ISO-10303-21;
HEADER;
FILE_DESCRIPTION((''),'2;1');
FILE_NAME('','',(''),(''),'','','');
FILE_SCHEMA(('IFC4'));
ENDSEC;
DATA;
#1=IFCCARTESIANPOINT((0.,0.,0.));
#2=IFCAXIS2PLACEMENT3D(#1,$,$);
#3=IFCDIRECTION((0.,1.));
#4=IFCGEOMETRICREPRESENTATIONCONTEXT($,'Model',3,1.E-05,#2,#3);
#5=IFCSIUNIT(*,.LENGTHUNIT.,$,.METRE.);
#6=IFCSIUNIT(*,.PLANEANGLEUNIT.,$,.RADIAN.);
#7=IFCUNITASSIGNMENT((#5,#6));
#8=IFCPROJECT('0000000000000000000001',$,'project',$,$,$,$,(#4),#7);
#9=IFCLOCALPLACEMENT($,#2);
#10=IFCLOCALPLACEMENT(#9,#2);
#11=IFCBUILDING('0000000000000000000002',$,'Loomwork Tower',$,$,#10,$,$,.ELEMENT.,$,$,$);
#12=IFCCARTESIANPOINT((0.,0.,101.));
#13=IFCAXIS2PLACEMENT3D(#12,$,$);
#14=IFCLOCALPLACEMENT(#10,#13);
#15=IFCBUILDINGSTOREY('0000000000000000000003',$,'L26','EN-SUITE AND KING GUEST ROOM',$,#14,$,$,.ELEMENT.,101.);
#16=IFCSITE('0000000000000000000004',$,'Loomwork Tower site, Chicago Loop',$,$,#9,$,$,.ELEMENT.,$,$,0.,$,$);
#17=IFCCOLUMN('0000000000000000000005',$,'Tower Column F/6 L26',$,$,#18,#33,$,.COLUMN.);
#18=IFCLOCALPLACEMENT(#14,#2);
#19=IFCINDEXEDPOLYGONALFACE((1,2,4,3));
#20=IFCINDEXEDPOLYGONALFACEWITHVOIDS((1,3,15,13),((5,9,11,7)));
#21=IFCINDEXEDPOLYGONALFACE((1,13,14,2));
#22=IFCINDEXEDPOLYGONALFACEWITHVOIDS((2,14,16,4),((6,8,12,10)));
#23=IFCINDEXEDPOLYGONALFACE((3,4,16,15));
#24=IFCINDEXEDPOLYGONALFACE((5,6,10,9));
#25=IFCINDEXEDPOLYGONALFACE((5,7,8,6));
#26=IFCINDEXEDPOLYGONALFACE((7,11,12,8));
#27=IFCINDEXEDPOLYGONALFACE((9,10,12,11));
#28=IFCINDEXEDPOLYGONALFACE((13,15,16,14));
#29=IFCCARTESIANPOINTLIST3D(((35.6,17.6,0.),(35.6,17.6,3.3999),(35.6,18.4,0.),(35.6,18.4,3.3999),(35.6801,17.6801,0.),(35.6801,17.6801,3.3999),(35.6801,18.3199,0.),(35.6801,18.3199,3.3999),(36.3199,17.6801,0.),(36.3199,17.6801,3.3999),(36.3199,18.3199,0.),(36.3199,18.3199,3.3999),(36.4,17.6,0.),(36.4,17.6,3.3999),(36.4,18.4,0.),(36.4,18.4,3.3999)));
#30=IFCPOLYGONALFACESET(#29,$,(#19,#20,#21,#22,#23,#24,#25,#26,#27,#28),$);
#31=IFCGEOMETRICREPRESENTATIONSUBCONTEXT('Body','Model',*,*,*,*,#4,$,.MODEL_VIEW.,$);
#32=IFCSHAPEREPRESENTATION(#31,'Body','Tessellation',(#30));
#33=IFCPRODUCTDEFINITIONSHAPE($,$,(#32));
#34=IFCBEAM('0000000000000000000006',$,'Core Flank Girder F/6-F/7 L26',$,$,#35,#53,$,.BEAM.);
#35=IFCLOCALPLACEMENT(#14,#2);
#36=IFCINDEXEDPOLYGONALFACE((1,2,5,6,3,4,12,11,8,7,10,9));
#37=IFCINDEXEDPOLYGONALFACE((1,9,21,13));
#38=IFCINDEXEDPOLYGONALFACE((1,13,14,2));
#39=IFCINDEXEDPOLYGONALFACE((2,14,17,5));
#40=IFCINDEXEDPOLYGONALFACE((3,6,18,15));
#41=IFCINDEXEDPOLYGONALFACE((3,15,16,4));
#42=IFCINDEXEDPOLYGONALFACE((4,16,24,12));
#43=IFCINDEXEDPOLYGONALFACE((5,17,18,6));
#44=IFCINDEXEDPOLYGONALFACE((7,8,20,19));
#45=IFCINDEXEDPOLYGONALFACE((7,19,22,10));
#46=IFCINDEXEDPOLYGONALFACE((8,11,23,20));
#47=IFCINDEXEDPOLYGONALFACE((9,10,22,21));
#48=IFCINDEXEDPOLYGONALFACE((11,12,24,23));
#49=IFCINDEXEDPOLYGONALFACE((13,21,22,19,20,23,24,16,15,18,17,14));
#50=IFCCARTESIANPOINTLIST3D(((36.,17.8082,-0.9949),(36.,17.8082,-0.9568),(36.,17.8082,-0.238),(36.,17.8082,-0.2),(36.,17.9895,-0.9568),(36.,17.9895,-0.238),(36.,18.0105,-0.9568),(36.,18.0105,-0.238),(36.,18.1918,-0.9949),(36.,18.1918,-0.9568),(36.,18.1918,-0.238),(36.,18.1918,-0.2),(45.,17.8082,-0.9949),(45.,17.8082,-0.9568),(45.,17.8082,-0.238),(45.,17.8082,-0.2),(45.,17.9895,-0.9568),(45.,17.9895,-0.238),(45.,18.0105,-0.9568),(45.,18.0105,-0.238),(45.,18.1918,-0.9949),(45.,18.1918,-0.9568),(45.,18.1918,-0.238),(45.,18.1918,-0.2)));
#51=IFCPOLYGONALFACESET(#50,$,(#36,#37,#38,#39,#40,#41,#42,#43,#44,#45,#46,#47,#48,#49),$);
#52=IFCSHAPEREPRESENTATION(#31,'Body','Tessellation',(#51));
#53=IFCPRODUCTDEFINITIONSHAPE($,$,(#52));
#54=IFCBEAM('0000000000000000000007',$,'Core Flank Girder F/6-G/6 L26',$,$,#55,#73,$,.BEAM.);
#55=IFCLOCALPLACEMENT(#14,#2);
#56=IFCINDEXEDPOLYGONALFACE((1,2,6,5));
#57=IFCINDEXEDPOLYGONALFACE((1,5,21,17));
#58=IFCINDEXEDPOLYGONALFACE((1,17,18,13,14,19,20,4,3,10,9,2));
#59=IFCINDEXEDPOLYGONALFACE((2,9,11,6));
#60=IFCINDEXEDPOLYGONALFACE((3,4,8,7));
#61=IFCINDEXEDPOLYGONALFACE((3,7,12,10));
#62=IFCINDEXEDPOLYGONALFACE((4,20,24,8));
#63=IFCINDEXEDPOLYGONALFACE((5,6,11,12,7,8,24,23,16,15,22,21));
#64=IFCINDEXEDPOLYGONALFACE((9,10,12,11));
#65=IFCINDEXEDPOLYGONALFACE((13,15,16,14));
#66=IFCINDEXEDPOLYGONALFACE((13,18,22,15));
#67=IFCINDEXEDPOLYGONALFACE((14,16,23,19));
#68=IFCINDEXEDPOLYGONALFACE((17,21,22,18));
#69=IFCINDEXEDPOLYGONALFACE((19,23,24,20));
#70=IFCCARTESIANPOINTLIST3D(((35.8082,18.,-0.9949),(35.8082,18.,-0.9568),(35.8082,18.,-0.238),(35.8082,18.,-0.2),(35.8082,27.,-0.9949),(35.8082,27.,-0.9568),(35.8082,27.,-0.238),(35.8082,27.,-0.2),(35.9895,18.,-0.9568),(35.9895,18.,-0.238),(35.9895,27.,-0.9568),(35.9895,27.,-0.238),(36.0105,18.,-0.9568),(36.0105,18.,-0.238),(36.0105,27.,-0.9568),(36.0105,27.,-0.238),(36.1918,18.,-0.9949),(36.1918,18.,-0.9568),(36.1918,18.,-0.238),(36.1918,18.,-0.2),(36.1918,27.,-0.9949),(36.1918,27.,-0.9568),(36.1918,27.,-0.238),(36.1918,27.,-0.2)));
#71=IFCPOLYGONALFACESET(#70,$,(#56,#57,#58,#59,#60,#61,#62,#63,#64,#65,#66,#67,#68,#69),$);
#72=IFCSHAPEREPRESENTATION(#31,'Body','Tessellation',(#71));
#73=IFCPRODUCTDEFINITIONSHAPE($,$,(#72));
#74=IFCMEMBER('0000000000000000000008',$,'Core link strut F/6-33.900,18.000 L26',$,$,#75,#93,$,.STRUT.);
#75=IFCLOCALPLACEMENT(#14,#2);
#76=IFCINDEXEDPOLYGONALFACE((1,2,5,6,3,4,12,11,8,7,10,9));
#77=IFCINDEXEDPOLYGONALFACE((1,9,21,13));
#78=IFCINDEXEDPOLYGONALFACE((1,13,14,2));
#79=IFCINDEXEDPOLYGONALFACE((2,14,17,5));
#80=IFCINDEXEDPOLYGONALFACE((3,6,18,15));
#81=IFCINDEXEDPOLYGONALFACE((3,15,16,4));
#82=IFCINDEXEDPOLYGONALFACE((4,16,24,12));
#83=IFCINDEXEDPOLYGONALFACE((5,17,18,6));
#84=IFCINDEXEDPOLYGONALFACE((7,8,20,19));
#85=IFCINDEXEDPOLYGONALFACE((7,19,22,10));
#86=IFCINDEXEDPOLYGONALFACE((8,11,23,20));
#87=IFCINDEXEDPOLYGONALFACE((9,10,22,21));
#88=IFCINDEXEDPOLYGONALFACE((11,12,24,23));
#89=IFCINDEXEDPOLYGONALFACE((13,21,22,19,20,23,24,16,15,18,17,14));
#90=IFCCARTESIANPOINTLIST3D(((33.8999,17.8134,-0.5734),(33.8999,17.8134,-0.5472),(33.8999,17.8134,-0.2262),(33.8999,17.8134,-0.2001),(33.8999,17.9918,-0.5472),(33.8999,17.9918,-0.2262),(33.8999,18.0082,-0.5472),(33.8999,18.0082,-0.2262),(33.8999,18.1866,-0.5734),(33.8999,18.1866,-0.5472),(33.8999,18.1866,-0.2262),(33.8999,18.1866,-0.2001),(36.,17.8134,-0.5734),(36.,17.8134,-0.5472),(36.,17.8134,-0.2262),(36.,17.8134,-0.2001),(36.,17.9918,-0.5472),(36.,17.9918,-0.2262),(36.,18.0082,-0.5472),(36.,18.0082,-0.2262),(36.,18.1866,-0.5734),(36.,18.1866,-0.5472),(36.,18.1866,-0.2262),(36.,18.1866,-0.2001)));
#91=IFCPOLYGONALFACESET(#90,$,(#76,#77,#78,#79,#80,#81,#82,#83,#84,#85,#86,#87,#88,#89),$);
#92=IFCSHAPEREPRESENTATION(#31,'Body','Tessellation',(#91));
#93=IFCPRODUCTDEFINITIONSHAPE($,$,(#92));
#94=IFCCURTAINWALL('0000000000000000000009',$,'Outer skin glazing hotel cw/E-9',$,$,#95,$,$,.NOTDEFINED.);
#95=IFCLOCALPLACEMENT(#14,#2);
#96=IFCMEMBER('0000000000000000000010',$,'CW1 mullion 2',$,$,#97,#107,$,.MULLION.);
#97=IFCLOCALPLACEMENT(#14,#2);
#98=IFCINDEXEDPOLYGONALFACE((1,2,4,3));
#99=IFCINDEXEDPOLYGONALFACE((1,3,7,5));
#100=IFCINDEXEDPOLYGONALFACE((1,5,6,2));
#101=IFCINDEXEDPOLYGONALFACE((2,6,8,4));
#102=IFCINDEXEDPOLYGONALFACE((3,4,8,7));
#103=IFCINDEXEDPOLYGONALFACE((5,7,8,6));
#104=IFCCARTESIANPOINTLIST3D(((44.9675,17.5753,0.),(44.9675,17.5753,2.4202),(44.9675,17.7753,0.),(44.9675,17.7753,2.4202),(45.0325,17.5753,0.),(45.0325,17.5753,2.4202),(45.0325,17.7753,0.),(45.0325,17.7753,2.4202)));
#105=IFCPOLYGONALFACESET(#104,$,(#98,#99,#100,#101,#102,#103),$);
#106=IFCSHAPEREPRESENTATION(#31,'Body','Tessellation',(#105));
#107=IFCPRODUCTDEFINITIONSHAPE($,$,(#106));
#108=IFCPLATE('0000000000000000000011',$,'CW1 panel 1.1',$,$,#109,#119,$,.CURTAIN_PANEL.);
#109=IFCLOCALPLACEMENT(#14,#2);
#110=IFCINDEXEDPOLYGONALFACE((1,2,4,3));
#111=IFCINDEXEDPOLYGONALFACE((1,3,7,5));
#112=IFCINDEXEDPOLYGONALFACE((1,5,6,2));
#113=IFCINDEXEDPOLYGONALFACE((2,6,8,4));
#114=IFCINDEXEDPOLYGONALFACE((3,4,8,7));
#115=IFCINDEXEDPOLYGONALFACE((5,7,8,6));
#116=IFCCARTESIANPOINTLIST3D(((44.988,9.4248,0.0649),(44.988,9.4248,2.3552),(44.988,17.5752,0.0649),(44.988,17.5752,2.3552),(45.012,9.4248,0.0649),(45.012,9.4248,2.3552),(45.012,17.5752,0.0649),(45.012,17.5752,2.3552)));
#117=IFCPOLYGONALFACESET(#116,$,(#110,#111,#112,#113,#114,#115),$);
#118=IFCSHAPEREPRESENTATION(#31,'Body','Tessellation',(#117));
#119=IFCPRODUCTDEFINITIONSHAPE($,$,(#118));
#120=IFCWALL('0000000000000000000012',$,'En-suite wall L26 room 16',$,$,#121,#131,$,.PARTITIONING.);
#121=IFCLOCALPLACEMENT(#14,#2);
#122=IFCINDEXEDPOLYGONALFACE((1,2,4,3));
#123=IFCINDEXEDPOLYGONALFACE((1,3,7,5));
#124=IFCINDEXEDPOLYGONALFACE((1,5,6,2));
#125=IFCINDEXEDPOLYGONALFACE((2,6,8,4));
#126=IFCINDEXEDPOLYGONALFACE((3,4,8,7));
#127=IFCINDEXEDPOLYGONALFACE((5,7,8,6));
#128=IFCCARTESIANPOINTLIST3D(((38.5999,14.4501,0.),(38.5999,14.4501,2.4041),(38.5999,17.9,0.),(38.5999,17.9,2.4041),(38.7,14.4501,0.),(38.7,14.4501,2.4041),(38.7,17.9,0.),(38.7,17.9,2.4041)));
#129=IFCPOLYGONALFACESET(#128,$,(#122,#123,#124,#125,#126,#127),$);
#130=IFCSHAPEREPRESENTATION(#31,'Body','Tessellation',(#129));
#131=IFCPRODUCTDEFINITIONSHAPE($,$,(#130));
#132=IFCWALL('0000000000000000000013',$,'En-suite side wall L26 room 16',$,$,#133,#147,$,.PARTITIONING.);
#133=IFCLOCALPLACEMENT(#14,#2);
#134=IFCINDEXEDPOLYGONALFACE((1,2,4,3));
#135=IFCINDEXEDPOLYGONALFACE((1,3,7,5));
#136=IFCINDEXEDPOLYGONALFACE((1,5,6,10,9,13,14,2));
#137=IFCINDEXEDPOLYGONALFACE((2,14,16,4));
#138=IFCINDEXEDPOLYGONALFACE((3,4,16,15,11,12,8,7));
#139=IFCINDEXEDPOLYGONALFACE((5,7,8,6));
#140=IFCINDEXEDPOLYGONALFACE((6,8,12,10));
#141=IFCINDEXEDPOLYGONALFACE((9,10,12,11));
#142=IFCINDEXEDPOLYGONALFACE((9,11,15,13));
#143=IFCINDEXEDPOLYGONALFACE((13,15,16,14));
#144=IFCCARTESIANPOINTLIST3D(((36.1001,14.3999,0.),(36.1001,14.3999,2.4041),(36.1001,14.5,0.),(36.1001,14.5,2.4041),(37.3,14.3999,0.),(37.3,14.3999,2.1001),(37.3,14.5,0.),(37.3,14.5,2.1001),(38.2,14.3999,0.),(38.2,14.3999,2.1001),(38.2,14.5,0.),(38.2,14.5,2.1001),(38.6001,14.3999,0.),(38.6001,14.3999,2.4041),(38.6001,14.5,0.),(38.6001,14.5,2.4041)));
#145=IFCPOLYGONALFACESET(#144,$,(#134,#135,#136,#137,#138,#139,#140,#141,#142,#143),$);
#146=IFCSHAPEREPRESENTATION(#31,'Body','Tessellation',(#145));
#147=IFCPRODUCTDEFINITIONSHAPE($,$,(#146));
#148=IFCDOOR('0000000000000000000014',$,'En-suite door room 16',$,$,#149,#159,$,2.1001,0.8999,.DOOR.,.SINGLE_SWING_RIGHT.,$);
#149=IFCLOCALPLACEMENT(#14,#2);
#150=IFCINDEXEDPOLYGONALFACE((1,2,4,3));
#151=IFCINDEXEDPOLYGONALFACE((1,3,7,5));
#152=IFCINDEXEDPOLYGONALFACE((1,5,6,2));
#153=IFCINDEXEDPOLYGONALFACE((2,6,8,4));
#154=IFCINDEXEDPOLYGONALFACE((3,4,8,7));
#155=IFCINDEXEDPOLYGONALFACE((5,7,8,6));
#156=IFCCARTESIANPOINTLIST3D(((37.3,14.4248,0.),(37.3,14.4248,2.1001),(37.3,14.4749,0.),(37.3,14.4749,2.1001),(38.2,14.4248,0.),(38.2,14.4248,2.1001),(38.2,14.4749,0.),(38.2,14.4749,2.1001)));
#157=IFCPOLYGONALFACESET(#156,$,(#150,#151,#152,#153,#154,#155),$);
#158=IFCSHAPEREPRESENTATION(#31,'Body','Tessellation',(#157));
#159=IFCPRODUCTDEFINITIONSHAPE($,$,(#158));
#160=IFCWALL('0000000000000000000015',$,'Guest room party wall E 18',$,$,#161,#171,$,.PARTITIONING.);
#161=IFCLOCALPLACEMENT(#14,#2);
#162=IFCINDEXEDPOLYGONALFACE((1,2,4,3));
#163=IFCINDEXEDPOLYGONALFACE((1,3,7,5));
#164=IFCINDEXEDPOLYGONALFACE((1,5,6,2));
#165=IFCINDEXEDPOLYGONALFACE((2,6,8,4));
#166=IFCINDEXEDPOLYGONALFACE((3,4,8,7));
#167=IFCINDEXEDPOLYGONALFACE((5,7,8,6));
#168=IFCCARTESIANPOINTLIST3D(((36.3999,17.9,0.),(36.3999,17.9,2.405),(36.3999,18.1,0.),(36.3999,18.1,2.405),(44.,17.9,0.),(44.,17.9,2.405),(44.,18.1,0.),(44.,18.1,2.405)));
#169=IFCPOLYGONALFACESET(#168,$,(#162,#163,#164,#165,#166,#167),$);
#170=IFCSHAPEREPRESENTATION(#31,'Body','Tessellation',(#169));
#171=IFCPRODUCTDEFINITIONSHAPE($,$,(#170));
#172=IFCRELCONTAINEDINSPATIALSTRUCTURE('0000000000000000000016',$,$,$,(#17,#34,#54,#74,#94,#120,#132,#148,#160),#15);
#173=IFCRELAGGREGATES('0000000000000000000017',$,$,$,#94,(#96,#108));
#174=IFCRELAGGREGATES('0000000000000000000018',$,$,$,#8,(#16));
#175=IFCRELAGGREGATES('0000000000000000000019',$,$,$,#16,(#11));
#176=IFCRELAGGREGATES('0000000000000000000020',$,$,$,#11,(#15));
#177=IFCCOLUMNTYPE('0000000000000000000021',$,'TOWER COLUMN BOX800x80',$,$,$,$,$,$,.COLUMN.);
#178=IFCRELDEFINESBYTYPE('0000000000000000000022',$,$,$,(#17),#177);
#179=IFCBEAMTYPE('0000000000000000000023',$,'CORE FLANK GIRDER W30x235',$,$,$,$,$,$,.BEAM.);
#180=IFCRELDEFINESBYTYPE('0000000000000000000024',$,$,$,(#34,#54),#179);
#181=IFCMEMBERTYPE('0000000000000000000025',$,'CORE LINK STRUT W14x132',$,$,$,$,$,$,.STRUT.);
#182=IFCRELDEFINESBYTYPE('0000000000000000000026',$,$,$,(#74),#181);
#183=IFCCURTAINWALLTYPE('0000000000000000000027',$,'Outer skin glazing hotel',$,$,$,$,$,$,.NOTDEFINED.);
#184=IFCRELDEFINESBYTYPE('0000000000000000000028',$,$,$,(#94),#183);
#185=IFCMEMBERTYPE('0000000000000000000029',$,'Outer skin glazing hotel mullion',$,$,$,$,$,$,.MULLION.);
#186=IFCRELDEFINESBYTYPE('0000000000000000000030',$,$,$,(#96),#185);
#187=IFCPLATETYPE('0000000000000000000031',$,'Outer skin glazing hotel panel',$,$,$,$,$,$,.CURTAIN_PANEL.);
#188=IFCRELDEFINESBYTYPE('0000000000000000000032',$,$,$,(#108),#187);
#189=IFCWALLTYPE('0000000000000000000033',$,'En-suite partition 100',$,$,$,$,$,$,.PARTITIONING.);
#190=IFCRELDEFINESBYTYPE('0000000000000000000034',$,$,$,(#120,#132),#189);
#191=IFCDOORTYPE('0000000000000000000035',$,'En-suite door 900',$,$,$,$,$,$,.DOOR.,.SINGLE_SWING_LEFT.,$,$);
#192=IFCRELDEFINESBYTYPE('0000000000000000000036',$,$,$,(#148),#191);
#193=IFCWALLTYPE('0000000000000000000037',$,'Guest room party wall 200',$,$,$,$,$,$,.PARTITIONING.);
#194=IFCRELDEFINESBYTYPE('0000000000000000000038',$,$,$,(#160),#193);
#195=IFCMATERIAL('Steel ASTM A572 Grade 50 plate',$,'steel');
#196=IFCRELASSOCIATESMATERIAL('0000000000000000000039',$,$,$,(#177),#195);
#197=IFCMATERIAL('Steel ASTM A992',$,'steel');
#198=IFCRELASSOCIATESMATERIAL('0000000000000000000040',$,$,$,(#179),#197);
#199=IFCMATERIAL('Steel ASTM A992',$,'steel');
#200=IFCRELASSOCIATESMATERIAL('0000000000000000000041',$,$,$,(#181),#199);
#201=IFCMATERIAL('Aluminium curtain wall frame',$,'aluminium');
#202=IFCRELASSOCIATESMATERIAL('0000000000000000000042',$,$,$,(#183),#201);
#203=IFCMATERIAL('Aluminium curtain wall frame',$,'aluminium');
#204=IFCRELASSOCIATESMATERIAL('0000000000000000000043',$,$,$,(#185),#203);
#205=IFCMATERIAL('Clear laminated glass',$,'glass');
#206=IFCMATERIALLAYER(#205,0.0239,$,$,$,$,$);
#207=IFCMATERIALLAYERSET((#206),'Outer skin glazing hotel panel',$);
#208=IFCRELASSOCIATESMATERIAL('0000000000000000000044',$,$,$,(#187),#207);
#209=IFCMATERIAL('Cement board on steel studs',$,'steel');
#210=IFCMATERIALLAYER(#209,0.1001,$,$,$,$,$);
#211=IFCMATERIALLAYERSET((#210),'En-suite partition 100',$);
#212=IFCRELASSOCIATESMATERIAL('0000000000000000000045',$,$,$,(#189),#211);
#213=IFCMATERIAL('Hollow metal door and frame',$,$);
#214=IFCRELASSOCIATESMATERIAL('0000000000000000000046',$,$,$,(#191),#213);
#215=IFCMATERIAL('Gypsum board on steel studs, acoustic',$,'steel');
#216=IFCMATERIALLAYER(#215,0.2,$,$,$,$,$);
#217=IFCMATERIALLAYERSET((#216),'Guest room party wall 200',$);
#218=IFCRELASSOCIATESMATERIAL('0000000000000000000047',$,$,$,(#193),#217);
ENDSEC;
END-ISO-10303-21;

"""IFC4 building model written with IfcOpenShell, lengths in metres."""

from ifc_helpers import new_model, si_unit, direction, frame, frame_2d, origin, origin_2d, place, context, subcontext, project, spatial, rectangle, hollow_rectangle, i_section, extrude, material, layer, layer_set, material_profile, profile_set, type_object, element, fill, aggregate, save


model = new_model("IFC4")

# Units and contexts
model_context = context("Model", 3, precision=1e-05, world=origin(), true_north=direction((0.0, 1.0)))
body_context = subcontext(model_context, "Body", "Model", "MODEL_VIEW")
ifc_project = project(units=[si_unit("LENGTHUNIT", "METRE"), si_unit("PLANEANGLEUNIT", "RADIAN")], contexts=[model_context])

# Site, building, storey
site_placement = place(None, origin())
site = spatial("IfcSite", under=ifc_project, at=site_placement, Name="Loomwork Tower site, Chicago Loop", CompositionType="ELEMENT", RefElevation=0.0)
building_placement = place(site_placement, origin())
building = spatial("IfcBuilding", under=site, at=building_placement, Name="Loomwork Tower", CompositionType="ELEMENT")
storey_placement = place(building_placement, frame((0.0, 0.0, 101.0)))
storey = spatial("IfcBuildingStorey", under=building, at=storey_placement, Name="L26", Description="EN-SUITE AND KING GUEST ROOM", CompositionType="ELEMENT", Elevation=101.0)

# Column
ifc_material_1 = material(Name="Steel ASTM A572 Grade 50 plate", Category="steel")
ifc_material_profile_1 = material_profile(ifc_material_1, hollow_rectangle(XDim=0.8, YDim=0.8, WallThickness=0.0801, at=origin_2d()), Name="BOX800x80")
ifc_profile_set_1 = profile_set([ifc_material_profile_1], Name="Steel ASTM A572 Grade 50 plate")
column_type = type_object("IfcColumnType", Name="TOWER COLUMN BOX800x80", PredefinedType="COLUMN", material=ifc_profile_set_1)
column_placement = place(storey_placement, frame((36.0, 18.0, 0.0), z_axis=(0.0, 0.0, 1.0), x_axis=(0.0, 1.0, 0.0)))
element("IfcColumn", 1, at=column_placement, inside=storey, type_object=column_type, Name="Tower Column F/6 L26", PredefinedType="COLUMN", context=body_context, shape_type="SweptSolid", body=[
    extrude(hollow_rectangle(XDim=0.8, YDim=0.8, WallThickness=0.0801, at=origin_2d()), origin(), (0.0, 0.0, 1.0), 3.3999),
])

# Beams
ifc_material_2 = material(Name="Steel ASTM A992", Category="steel")
ifc_material_profile_2 = material_profile(ifc_material_2, i_section(OverallWidth=0.3835, OverallDepth=0.7949, WebThickness=0.021, FlangeThickness=0.0381, at=origin_2d()), Name="W30x235")
ifc_profile_set_2 = profile_set([ifc_material_profile_2], Name="Steel ASTM A992")
beam_type = type_object("IfcBeamType", Name="CORE FLANK GIRDER W30x235", PredefinedType="BEAM", material=ifc_profile_set_2)
for number, where, z_axis, x_axis, name in (
    (2, (36.0, 18.0, -0.5974), (1.0, 0.0, 0.0), (0.0, 1.0, 0.0), "Core Flank Girder F/6-F/7 L26"),
    (3, (36.0, 18.0, -0.5974), (0.0, 1.0, 0.0), (-1.0, 0.0, 0.0), "Core Flank Girder F/6-G/6 L26"),
):
    element("IfcBeam", number, at=place(storey_placement, frame(where, z_axis=z_axis, x_axis=x_axis)), inside=storey, type_object=beam_type, Name=name, PredefinedType="BEAM", context=body_context, shape_type="SweptSolid", body=[
        extrude(i_section(OverallWidth=0.3835, OverallDepth=0.7949, WebThickness=0.021, FlangeThickness=0.0381, at=origin_2d()), origin(), (0.0, 0.0, 1.0), 9.0),
    ])

# Member
ifc_material_3 = material(Name="Steel ASTM A992", Category="steel")
ifc_material_profile_3 = material_profile(ifc_material_3, i_section(OverallWidth=0.3733, OverallDepth=0.3733, WebThickness=0.0164, FlangeThickness=0.0261, at=origin_2d()), Name="W14x132")
ifc_profile_set_3 = profile_set([ifc_material_profile_3], Name="Steel ASTM A992")
member_type_1 = type_object("IfcMemberType", Name="CORE LINK STRUT W14x132", PredefinedType="STRUT", material=ifc_profile_set_3)
member_1_placement = place(storey_placement, frame((36.0, 18.0, -0.3867), z_axis=(-1.0, 0.0, 0.0), x_axis=(0.0, -1.0, 0.0)))
element("IfcMember", 4, at=member_1_placement, inside=storey, type_object=member_type_1, Name="Core link strut F/6-33.900,18.000 L26", PredefinedType="STRUT", context=body_context, shape_type="SweptSolid", body=[
    extrude(i_section(OverallWidth=0.3733, OverallDepth=0.3733, WebThickness=0.0164, FlangeThickness=0.0261, at=origin_2d()), origin(), (0.0, 0.0, 1.0), 2.1001),
])

# Curtain wall, member, plate
ifc_material_4 = material(Name="Aluminium curtain wall frame", Category="aluminium")
curtain_wall_type = type_object("IfcCurtainWallType", Name="Outer skin glazing hotel", PredefinedType="NOTDEFINED", material=ifc_material_4)
curtain_wall_placement = place(storey_placement, origin())
curtain_wall = element("IfcCurtainWall", 5, at=curtain_wall_placement, inside=storey, type_object=curtain_wall_type, Name="Outer skin glazing hotel cw/E-9", PredefinedType="NOTDEFINED")
ifc_material_5 = material(Name="Aluminium curtain wall frame", Category="aluminium")
ifc_material_profile_4 = material_profile(ifc_material_5, rectangle(XDim=0.0649, YDim=0.2, at=origin_2d()), Name="AL 65x200")
ifc_profile_set_4 = profile_set([ifc_material_profile_4], Name="Aluminium curtain wall frame")
member_type_2 = type_object("IfcMemberType", Name="Outer skin glazing hotel mullion", PredefinedType="MULLION", material=ifc_profile_set_4)
member_2_placement = place(storey_placement, frame((45.0, 17.6753, 0.0), z_axis=(0.0, 0.0, 1.0), x_axis=(-1.0, 0.0, 0.0)))
member_2 = element("IfcMember", 6, at=member_2_placement, type_object=member_type_2, Name="CW1 mullion 2", PredefinedType="MULLION", context=body_context, shape_type="SweptSolid", body=[
    extrude(rectangle(XDim=0.0649, YDim=0.2, at=origin_2d()), origin(), (0.0, 0.0, 1.0), 2.4202),
])
ifc_material_6 = material(Name="Clear laminated glass", Category="glass")
ifc_layer_1 = layer(ifc_material_6, 0.0239)
ifc_layer_set_1 = layer_set([ifc_layer_1], Name="Outer skin glazing hotel panel")
plate_type = type_object("IfcPlateType", Name="Outer skin glazing hotel panel", PredefinedType="CURTAIN_PANEL", material=ifc_layer_set_1)
plate_placement = place(storey_placement, frame((45.0, 13.5, 0.0649), z_axis=(0.0, 0.0, 1.0), x_axis=(0.0, 1.0, 0.0)))
plate = element("IfcPlate", 7, at=plate_placement, type_object=plate_type, Name="CW1 panel 1.1", PredefinedType="CURTAIN_PANEL", context=body_context, shape_type="SweptSolid", body=[
    extrude(rectangle(XDim=8.1504, YDim=0.0239, at=origin_2d()), origin(), (0.0, 0.0, 1.0), 2.2903),
])
aggregate(curtain_wall, [member_2, plate])

# Wall
ifc_material_7 = material(Name="Cement board on steel studs", Category="steel")
ifc_layer_2 = layer(ifc_material_7, 0.1001)
ifc_layer_set_2 = layer_set([ifc_layer_2], Name="En-suite partition 100")
wall_type_1 = type_object("IfcWallType", Name="En-suite partition 100", PredefinedType="PARTITIONING", material=ifc_layer_set_2)
wall_1_placement = place(storey_placement, frame((38.6499, 14.45, 0.0), z_axis=(0.0, 0.0, 1.0), x_axis=(0.0, 1.0, 0.0)))
element("IfcWall", 8, at=wall_1_placement, inside=storey, type_object=wall_type_1, Name="En-suite wall L26 room 16", PredefinedType="PARTITIONING", context=body_context, shape_type="SweptSolid", body=[
    extrude(rectangle(XDim=3.45, YDim=0.1001, at=frame_2d((1.7251, 0.0))), origin(), (0.0, 0.0, 1.0), 2.4041),
])

# Wall, opening, door
wall_2_placement = place(storey_placement, frame((36.1001, 14.45, 0.0), z_axis=(0.0, 0.0, 1.0), x_axis=(1.0, 0.0, 0.0)))
wall_2 = element("IfcWall", 9, at=wall_2_placement, inside=storey, type_object=wall_type_1, Name="En-suite side wall L26 room 16", PredefinedType="PARTITIONING", context=body_context, shape_type="SweptSolid", body=[
    extrude(rectangle(XDim=2.5, YDim=0.1001, at=frame_2d((1.25, 0.0))), origin(), (0.0, 0.0, 1.0), 2.4041),
])
opening_placement = place(wall_2_placement, frame((1.2, 0.0, 0.0)))
opening = element("IfcOpeningElement", 10, at=opening_placement, cuts=wall_2, PredefinedType="OPENING", context=body_context, shape_type="SweptSolid", body=[
    extrude(rectangle(XDim=0.8999, YDim=2.1001, at=frame_2d((0.45, 1.05))), frame((0.0, 0.0601, 0.0), z_axis=(0.0, -1.0, 0.0), x_axis=(1.0, 0.0, 0.0)), (0.0, 0.0, 1.0), 0.1201),
])
ifc_material_8 = material(Name="Hollow metal door and frame")
door_type = type_object("IfcDoorType", Name="En-suite door 900", OperationType="SINGLE_SWING_LEFT", PredefinedType="DOOR", material=ifc_material_8)
door_placement = place(opening_placement, origin())
door = element("IfcDoor", 11, at=door_placement, inside=storey, type_object=door_type, Name="En-suite door room 16", OperationType="SINGLE_SWING_RIGHT", OverallHeight=2.1001, OverallWidth=0.8999, PredefinedType="DOOR", context=body_context, shape_type="SweptSolid", body=[
    extrude(rectangle(XDim=0.8999, YDim=2.1001, at=frame_2d((0.45, 1.05))), frame((0.0, 0.0249, 0.0), z_axis=(0.0, -1.0, 0.0), x_axis=(1.0, 0.0, 0.0)), (0.0, 0.0, 1.0), 0.05),
])
fill(opening, door)

# Wall
ifc_material_9 = material(Name="Gypsum board on steel studs, acoustic", Category="steel")
ifc_layer_3 = layer(ifc_material_9, 0.2)
ifc_layer_set_3 = layer_set([ifc_layer_3], Name="Guest room party wall 200")
wall_type_2 = type_object("IfcWallType", Name="Guest room party wall 200", PredefinedType="PARTITIONING", material=ifc_layer_set_3)
wall_3_placement = place(storey_placement, frame((36.3999, 18.0, 0.0), z_axis=(0.0, 0.0, 1.0), x_axis=(1.0, 0.0, 0.0)))
element("IfcWall", 12, at=wall_3_placement, inside=storey, type_object=wall_type_2, Name="Guest room party wall E 18", PredefinedType="PARTITIONING", context=body_context, shape_type="SweptSolid", body=[
    extrude(rectangle(XDim=7.6001, YDim=0.2, at=frame_2d((3.8, 0.0))), origin(), (0.0, 0.0, 1.0), 2.405),
])

save(model, "model.ifc")
